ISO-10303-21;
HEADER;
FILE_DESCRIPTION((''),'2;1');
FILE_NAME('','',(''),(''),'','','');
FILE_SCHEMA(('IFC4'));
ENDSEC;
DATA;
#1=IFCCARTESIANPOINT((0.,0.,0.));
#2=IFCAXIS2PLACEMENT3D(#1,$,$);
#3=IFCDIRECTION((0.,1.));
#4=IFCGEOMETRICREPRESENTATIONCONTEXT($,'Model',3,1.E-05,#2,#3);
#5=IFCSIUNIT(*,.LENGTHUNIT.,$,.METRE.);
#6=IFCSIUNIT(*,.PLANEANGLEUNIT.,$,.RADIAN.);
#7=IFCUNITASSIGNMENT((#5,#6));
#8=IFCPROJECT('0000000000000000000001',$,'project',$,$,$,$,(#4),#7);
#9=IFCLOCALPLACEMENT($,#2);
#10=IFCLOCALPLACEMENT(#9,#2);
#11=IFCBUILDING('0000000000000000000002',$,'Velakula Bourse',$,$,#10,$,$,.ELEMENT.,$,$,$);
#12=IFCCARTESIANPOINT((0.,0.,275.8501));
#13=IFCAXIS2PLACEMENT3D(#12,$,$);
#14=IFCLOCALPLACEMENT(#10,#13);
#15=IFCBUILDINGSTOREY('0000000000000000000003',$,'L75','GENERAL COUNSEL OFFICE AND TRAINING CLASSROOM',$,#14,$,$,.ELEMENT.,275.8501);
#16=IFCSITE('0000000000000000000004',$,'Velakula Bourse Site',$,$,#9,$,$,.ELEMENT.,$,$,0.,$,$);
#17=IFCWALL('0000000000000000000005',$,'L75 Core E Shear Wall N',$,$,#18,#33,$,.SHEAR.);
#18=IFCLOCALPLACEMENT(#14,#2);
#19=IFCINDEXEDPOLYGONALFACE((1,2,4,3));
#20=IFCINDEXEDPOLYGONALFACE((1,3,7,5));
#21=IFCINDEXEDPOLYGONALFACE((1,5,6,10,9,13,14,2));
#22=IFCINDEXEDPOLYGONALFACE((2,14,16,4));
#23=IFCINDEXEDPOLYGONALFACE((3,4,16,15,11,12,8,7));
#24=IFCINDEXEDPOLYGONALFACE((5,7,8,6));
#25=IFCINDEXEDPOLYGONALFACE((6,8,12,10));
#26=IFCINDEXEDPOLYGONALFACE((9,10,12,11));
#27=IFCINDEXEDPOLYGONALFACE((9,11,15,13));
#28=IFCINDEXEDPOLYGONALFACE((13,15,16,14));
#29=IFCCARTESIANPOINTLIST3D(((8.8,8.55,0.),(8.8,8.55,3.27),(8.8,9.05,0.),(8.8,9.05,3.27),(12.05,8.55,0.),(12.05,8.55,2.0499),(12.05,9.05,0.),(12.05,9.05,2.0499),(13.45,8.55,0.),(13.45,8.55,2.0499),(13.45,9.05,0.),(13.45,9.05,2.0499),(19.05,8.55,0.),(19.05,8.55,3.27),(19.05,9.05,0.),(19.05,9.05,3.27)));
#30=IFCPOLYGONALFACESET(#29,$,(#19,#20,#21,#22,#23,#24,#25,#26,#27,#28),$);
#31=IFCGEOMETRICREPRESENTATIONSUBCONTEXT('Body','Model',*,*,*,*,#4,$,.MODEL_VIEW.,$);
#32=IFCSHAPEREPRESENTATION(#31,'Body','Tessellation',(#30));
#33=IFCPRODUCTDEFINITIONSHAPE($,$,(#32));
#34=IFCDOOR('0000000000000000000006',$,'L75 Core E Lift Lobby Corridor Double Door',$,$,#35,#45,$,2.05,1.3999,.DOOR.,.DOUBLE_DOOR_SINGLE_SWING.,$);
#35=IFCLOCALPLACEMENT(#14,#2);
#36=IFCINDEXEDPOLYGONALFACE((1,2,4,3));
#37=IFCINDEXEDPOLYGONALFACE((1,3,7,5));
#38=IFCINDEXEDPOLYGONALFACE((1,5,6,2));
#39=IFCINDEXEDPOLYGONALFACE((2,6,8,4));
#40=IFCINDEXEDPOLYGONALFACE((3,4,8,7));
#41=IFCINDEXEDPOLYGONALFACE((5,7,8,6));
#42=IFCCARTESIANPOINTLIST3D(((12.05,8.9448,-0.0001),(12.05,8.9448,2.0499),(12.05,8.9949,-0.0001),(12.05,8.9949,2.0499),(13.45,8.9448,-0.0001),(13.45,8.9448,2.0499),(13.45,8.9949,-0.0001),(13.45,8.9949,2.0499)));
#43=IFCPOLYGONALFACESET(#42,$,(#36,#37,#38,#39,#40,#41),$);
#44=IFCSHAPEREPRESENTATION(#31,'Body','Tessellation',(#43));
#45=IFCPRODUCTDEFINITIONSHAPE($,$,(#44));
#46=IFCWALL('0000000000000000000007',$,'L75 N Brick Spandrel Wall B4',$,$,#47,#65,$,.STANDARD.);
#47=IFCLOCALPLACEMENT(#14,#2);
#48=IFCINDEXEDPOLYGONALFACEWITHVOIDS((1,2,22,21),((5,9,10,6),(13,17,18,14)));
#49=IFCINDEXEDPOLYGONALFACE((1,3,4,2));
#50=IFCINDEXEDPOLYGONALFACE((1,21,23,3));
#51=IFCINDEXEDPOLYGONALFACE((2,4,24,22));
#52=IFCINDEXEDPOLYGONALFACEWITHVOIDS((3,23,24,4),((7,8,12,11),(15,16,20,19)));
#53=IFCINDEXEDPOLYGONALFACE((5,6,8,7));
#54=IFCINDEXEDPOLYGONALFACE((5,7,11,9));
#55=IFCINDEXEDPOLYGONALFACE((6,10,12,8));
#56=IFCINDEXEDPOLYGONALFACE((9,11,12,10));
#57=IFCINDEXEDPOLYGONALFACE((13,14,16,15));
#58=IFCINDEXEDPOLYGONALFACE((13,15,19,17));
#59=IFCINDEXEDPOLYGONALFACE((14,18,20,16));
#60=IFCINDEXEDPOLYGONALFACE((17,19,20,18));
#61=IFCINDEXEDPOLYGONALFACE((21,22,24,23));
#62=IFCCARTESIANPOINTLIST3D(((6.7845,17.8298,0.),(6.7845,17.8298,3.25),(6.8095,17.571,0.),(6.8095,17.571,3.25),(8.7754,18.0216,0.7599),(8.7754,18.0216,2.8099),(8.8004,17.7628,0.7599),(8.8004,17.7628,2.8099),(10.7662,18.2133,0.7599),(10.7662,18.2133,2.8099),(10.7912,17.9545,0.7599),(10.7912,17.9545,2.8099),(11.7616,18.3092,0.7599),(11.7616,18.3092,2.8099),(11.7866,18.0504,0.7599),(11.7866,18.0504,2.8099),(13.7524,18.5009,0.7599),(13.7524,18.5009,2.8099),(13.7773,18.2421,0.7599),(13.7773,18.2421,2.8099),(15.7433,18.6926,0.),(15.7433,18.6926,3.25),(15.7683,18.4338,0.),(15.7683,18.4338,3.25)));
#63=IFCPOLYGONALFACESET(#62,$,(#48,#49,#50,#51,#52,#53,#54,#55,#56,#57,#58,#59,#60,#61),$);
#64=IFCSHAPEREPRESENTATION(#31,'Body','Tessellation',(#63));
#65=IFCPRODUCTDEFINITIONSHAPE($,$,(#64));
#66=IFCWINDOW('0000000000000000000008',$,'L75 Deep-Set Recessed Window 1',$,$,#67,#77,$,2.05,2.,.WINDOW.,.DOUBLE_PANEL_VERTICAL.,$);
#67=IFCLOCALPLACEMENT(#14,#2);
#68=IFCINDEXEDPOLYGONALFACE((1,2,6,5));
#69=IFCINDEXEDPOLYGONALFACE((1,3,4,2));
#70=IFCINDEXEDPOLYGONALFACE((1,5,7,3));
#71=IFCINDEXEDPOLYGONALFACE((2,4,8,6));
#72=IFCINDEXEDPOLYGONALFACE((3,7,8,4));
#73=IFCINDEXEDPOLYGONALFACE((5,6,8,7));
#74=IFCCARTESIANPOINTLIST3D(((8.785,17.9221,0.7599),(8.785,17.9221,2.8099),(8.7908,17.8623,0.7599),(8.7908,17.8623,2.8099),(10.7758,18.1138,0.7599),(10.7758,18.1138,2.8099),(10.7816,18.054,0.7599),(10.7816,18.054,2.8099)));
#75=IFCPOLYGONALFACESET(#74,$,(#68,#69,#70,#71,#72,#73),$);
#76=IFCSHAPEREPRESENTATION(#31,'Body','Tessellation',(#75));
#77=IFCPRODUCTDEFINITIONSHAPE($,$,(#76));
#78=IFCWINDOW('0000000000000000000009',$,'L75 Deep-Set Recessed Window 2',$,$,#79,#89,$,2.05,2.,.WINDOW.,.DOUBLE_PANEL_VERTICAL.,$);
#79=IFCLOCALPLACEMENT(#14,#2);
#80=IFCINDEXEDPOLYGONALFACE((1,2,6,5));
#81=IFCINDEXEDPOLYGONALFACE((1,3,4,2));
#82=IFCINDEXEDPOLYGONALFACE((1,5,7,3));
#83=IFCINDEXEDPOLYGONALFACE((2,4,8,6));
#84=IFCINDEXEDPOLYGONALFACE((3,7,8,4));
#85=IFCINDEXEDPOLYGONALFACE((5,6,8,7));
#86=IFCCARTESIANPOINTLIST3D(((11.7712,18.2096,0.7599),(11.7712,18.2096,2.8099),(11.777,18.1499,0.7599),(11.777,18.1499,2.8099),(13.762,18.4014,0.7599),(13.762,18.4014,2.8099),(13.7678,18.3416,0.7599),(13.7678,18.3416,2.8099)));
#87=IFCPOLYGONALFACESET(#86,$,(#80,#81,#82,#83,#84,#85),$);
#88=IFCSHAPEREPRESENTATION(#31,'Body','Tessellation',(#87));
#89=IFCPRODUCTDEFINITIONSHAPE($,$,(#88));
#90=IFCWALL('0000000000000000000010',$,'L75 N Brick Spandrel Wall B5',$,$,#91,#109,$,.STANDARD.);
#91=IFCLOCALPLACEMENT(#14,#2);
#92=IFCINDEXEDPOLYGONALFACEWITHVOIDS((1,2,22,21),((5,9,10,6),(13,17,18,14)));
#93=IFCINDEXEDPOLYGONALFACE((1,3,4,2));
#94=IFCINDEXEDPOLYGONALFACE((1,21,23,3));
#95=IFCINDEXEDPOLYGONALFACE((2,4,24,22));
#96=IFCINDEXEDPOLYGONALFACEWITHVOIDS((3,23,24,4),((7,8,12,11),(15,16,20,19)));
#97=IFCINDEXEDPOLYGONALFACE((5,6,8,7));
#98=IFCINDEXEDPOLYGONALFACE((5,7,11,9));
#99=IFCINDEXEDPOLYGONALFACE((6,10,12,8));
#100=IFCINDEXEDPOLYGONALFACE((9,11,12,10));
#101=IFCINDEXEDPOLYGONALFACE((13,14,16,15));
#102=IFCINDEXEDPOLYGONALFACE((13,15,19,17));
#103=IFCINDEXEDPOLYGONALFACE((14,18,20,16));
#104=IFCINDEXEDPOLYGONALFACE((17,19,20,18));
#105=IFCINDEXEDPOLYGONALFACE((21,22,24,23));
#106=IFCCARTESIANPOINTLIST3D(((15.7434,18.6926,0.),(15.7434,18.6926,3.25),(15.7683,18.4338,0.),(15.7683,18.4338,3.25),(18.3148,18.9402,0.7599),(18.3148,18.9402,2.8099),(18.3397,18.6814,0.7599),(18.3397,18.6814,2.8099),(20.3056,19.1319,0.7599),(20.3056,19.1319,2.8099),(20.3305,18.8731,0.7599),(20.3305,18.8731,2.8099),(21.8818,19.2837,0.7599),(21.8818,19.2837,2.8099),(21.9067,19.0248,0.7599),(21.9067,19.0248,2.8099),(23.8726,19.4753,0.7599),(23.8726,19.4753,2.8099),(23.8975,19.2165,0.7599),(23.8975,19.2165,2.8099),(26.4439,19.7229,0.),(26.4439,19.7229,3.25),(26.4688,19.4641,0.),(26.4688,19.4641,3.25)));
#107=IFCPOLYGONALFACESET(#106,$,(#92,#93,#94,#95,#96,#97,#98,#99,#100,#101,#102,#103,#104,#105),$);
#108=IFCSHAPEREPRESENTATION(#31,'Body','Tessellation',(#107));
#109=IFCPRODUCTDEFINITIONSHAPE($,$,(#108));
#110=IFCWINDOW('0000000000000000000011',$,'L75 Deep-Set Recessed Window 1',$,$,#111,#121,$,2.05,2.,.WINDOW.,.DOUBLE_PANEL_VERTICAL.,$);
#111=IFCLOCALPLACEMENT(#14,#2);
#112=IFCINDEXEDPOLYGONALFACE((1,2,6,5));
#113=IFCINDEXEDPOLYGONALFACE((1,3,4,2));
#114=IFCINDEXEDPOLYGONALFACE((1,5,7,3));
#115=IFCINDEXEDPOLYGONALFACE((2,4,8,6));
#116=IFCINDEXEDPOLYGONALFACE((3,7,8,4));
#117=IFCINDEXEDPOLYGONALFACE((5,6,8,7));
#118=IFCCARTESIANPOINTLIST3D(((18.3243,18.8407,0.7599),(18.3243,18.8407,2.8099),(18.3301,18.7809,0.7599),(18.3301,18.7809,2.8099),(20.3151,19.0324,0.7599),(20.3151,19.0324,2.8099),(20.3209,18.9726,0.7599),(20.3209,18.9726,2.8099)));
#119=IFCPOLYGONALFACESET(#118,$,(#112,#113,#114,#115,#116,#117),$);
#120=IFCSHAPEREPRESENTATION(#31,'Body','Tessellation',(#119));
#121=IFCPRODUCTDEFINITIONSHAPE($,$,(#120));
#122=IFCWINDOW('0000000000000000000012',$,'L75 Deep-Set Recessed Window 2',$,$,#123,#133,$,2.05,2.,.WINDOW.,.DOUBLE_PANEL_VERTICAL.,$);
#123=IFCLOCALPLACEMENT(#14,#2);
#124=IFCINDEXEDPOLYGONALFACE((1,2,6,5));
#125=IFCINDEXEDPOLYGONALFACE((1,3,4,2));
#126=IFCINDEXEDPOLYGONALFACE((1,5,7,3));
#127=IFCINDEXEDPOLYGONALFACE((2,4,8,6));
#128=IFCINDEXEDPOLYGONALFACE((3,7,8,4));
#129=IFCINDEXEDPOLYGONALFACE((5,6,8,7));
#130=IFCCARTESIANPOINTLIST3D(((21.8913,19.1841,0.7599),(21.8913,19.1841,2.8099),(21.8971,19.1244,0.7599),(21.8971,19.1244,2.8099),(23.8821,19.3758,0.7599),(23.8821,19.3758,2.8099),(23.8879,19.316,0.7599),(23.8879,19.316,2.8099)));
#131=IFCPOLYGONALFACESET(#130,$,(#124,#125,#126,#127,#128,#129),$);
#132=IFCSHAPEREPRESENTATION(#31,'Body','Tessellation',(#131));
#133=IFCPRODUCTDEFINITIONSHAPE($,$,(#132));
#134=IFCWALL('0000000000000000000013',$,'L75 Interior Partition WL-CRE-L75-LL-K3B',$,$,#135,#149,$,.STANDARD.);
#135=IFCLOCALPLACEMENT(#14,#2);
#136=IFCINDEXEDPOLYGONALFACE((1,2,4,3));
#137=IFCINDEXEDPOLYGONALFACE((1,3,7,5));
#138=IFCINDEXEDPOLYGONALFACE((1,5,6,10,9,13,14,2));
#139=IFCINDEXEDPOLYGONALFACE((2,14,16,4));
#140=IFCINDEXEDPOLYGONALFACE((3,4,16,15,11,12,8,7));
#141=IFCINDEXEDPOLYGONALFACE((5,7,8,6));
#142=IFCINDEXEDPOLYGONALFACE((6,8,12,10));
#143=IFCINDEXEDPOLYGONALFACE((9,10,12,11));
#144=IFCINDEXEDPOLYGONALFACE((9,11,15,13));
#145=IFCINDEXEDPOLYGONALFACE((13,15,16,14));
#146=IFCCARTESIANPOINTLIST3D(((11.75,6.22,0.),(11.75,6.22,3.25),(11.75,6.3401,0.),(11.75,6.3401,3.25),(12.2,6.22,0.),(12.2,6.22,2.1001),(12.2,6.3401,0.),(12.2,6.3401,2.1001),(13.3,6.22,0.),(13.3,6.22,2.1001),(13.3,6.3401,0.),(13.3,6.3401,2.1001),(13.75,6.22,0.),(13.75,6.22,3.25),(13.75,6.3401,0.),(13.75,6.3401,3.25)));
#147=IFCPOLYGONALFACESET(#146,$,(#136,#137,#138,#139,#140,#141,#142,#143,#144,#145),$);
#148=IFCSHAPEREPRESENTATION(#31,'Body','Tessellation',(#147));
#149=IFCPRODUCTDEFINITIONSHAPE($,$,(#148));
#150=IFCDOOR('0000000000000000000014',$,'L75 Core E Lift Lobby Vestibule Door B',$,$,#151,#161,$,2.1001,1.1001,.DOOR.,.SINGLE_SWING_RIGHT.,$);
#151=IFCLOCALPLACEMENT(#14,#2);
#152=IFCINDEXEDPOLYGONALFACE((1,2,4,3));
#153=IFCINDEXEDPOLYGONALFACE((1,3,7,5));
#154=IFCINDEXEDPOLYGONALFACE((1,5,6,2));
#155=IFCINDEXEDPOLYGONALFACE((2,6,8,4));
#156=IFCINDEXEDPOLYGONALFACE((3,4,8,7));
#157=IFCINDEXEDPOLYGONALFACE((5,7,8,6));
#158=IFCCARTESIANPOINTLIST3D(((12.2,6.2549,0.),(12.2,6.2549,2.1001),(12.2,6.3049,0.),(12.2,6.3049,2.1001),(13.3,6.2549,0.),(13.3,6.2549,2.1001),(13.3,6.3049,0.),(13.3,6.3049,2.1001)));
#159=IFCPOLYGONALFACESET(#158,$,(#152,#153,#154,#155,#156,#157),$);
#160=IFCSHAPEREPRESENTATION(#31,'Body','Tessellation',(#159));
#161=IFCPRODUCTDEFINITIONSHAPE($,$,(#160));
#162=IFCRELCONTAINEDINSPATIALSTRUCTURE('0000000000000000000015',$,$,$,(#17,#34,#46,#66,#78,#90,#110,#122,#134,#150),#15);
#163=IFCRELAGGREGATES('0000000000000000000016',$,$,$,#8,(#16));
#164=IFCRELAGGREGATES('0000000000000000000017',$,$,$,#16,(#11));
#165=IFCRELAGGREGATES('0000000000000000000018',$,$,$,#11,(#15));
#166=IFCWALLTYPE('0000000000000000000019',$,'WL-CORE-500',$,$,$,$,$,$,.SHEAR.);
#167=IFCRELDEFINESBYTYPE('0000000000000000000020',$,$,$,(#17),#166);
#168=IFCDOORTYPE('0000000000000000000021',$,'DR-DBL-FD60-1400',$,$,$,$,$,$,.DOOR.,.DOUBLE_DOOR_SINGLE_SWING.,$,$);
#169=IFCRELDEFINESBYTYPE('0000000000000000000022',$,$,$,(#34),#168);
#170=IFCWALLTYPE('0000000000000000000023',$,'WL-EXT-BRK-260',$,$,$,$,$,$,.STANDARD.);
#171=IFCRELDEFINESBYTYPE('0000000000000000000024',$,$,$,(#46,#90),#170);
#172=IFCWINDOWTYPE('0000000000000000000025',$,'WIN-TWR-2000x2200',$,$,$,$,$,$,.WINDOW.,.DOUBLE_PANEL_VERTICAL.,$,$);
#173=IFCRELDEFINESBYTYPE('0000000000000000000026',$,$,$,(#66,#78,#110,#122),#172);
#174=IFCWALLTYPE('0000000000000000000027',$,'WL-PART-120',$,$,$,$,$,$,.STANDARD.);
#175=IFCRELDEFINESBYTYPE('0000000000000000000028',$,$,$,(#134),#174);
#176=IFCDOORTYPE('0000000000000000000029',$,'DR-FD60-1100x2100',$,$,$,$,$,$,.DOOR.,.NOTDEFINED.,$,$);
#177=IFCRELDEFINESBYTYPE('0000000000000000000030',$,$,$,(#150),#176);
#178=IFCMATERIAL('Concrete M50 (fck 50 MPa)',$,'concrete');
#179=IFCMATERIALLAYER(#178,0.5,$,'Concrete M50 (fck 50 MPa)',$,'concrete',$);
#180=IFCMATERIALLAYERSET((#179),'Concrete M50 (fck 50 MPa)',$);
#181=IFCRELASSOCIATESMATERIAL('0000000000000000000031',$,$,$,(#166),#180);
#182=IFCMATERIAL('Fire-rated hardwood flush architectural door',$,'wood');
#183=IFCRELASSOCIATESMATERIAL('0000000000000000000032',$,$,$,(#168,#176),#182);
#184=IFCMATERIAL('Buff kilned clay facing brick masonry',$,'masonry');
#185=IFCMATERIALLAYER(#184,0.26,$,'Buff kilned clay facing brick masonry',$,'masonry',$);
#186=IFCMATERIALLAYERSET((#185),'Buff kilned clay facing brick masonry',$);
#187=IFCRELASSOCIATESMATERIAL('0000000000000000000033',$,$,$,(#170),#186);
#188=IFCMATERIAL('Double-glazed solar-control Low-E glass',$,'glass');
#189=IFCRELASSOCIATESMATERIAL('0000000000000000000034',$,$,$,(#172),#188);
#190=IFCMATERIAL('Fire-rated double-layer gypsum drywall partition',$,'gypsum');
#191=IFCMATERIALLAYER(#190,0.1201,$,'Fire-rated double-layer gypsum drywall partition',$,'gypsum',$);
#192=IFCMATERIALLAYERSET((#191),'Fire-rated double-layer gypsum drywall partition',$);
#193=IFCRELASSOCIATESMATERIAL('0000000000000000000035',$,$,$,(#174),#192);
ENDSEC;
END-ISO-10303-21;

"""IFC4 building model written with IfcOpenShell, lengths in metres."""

from ifc_helpers import new_model, si_unit, direction, frame, frame_2d, origin, place, context, subcontext, project, spatial, rectangle, extrude, material, layer, layer_set, type_object, element, fill, save


model = new_model("IFC4")

# Units and contexts
model_context = context("Model", 3, precision=1e-05, world=origin(), true_north=direction((0.0, 1.0)))
body_context = subcontext(model_context, "Body", "Model", "MODEL_VIEW")
ifc_project = project(units=[si_unit("LENGTHUNIT", "METRE"), si_unit("PLANEANGLEUNIT", "RADIAN")], contexts=[model_context])

# Site, building, storey
site_placement = place(None, origin())
site = spatial("IfcSite", under=ifc_project, at=site_placement, Name="Velakula Bourse Site", CompositionType="ELEMENT", RefElevation=0.0)
building_placement = place(site_placement, origin())
building = spatial("IfcBuilding", under=site, at=building_placement, Name="Velakula Bourse", CompositionType="ELEMENT")
storey_placement = place(building_placement, frame((0.0, 0.0, 275.8501)))
storey = spatial("IfcBuildingStorey", under=building, at=storey_placement, Name="L75", Description="GENERAL COUNSEL OFFICE AND TRAINING CLASSROOM", CompositionType="ELEMENT", Elevation=275.8501)

# Shared definitions
ifc_material_1 = material(Name="Concrete M50 (fck 50 MPa)", Category="concrete")

# Wall, opening, door
ifc_layer_1 = layer(ifc_material_1, 0.5, Name="Concrete M50 (fck 50 MPa)", Category="concrete")
ifc_layer_set_1 = layer_set([ifc_layer_1], Name="Concrete M50 (fck 50 MPa)")
wall_type_1 = type_object("IfcWallType", Name="WL-CORE-500", PredefinedType="SHEAR", material=ifc_layer_set_1)
wall_1_placement = place(storey_placement, frame((8.8, 8.8, 0.0), z_axis=(0.0, 0.0, 1.0), x_axis=(1.0, 0.0, 0.0)))
wall_1 = element("IfcWall", 1, at=wall_1_placement, inside=storey, type_object=wall_type_1, Name="L75 Core E Shear Wall N", PredefinedType="SHEAR", context=body_context, shape_type="SweptSolid", body=[
    extrude(rectangle(XDim=10.25, YDim=0.5, at=frame_2d((5.125, 0.0))), origin(), (0.0, 0.0, 1.0), 3.27),
])
opening_1_placement = place(wall_1_placement, frame((3.25, 0.0, 0.0)))
opening_1 = element("IfcOpeningElement", 2, at=opening_1_placement, cuts=wall_1, PredefinedType="OPENING", context=body_context, shape_type="SweptSolid", body=[
    extrude(rectangle(XDim=1.3999, YDim=2.05, at=frame_2d((0.7, 1.0249))), frame((0.0, 0.26, 0.0), z_axis=(0.0, -1.0, 0.0), x_axis=(1.0, 0.0, 0.0)), (0.0, 0.0, 1.0), 0.52),
])
ifc_material_2 = material(Name="Fire-rated hardwood flush architectural door", Category="wood")
door_type_1 = type_object("IfcDoorType", Name="DR-DBL-FD60-1400", OperationType="DOUBLE_DOOR_SINGLE_SWING", PredefinedType="DOOR", material=ifc_material_2)
door_1_placement = place(opening_1_placement, origin())
door_1 = element("IfcDoor", 3, at=door_1_placement, inside=storey, type_object=door_type_1, Name="L75 Core E Lift Lobby Corridor Double Door", OperationType="DOUBLE_DOOR_SINGLE_SWING", OverallHeight=2.05, OverallWidth=1.3999, PredefinedType="DOOR", context=body_context, shape_type="SweptSolid", body=[
    extrude(rectangle(XDim=1.3999, YDim=2.05, at=frame_2d((0.7, 1.0249))), frame((0.0, 0.1948, 0.0), z_axis=(0.0, -1.0, 0.0), x_axis=(1.0, 0.0, 0.0)), (0.0, 0.0, 1.0), 0.05),
])
fill(opening_1, door_1)

# Walls, openings, windows
ifc_material_3 = material(Name="Buff kilned clay facing brick masonry", Category="masonry")
ifc_layer_2 = layer(ifc_material_3, 0.26, Name="Buff kilned clay facing brick masonry", Category="masonry")
ifc_layer_set_2 = layer_set([ifc_layer_2], Name="Buff kilned clay facing brick masonry")
wall_type_2 = type_object("IfcWallType", Name="WL-EXT-BRK-260", PredefinedType="STANDARD", material=ifc_layer_set_2)
wall_2_placement = place(storey_placement, frame((6.7971, 17.7004, 0.0), z_axis=(0.0, 0.0, 1.0), x_axis=(0.995394, 0.095864, 0.0)))
wall_2 = element("IfcWall", 4, at=wall_2_placement, inside=storey, type_object=wall_type_2, Name="L75 N Brick Spandrel Wall B4", PredefinedType="STANDARD", context=body_context, shape_type="SweptSolid", body=[
    extrude(rectangle(XDim=9.0002, YDim=0.26, at=frame_2d((4.5, 0.0))), origin(), (0.0, 0.0, 1.0), 3.25),
])
opening_2_placement = place(wall_2_placement, frame((2.0, 0.0, 0.76)))
opening_2 = element("IfcOpeningElement", 5, at=opening_2_placement, cuts=wall_2, PredefinedType="OPENING", context=body_context, shape_type="SweptSolid", body=[
    extrude(rectangle(XDim=2.0, YDim=2.05, at=frame_2d((1.0, 1.0249))), frame((0.0, 0.1399, 0.0), z_axis=(0.0, -1.0, 0.0), x_axis=(1.0, 0.0, 0.0)), (0.0, 0.0, 1.0), 0.28),
])
opening_3_placement = place(wall_2_placement, frame((5.0, 0.0, 0.76)))
opening_3 = element("IfcOpeningElement", 6, at=opening_3_placement, cuts=wall_2, PredefinedType="OPENING", context=body_context, shape_type="SweptSolid", body=[
    extrude(rectangle(XDim=2.0, YDim=2.05, at=frame_2d((1.0, 1.0249))), frame((0.0, 0.1399, 0.0), z_axis=(0.0, -1.0, 0.0), x_axis=(1.0, 0.0, 0.0)), (0.0, 0.0, 1.0), 0.28),
])
ifc_material_4 = material(Name="Double-glazed solar-control Low-E glass", Category="glass")
window_type = type_object("IfcWindowType", Name="WIN-TWR-2000x2200", PartitioningType="DOUBLE_PANEL_VERTICAL", PredefinedType="WINDOW", material=ifc_material_4)
window_1_placement = place(opening_2_placement, origin())
window_1 = element("IfcWindow", 7, at=window_1_placement, inside=storey, type_object=window_type, Name="L75 Deep-Set Recessed Window 1", OverallHeight=2.05, OverallWidth=2.0, PartitioningType="DOUBLE_PANEL_VERTICAL", PredefinedType="WINDOW", context=body_context, shape_type="SweptSolid", body=[
    extrude(rectangle(XDim=2.0, YDim=2.05, at=frame_2d((1.0, 1.0249))), frame((0.0, 0.03, 0.0), z_axis=(0.0, -1.0, 0.0), x_axis=(1.0, 0.0, 0.0)), (0.0, 0.0, 1.0), 0.0601),
])
fill(opening_2, window_1)
window_2_placement = place(opening_3_placement, origin())
window_2 = element("IfcWindow", 8, at=window_2_placement, inside=storey, type_object=window_type, Name="L75 Deep-Set Recessed Window 2", OverallHeight=2.05, OverallWidth=2.0, PartitioningType="DOUBLE_PANEL_VERTICAL", PredefinedType="WINDOW", context=body_context, shape_type="SweptSolid", body=[
    extrude(rectangle(XDim=2.0, YDim=2.05, at=frame_2d((1.0, 1.0249))), frame((0.0, 0.03, 0.0), z_axis=(0.0, -1.0, 0.0), x_axis=(1.0, 0.0, 0.0)), (0.0, 0.0, 1.0), 0.0601),
])
fill(opening_3, window_2)
wall_3_placement = place(storey_placement, frame((15.7559, 18.5632, 0.0), z_axis=(0.0, 0.0, 1.0), x_axis=(0.995397, 0.09584, 0.0)))
wall_3 = element("IfcWall", 9, at=wall_3_placement, inside=storey, type_object=wall_type_2, Name="L75 N Brick Spandrel Wall B5", PredefinedType="STANDARD", context=body_context, shape_type="SweptSolid", body=[
    extrude(rectangle(XDim=10.75, YDim=0.26, at=frame_2d((5.375, 0.0))), origin(), (0.0, 0.0, 1.0), 3.25),
])
opening_4_placement = place(wall_3_placement, frame((2.5833, 0.0, 0.76)))
opening_4 = element("IfcOpeningElement", 10, at=opening_4_placement, cuts=wall_3, PredefinedType="OPENING", context=body_context, shape_type="SweptSolid", body=[
    extrude(rectangle(XDim=2.0, YDim=2.05, at=frame_2d((1.0, 1.0249))), frame((0.0, 0.1399, 0.0), z_axis=(0.0, -1.0, 0.0), x_axis=(1.0, 0.0, 0.0)), (0.0, 0.0, 1.0), 0.28),
])
opening_5_placement = place(wall_3_placement, frame((6.1667, 0.0, 0.76)))
opening_5 = element("IfcOpeningElement", 11, at=opening_5_placement, cuts=wall_3, PredefinedType="OPENING", context=body_context, shape_type="SweptSolid", body=[
    extrude(rectangle(XDim=2.0, YDim=2.05, at=frame_2d((1.0, 1.0249))), frame((0.0, 0.1399, 0.0), z_axis=(0.0, -1.0, 0.0), x_axis=(1.0, 0.0, 0.0)), (0.0, 0.0, 1.0), 0.28),
])
window_3_placement = place(opening_4_placement, origin())
window_3 = element("IfcWindow", 12, at=window_3_placement, inside=storey, type_object=window_type, Name="L75 Deep-Set Recessed Window 1", OverallHeight=2.05, OverallWidth=2.0, PartitioningType="DOUBLE_PANEL_VERTICAL", PredefinedType="WINDOW", context=body_context, shape_type="SweptSolid", body=[
    extrude(rectangle(XDim=2.0, YDim=2.05, at=frame_2d((1.0, 1.0249))), frame((0.0, 0.03, 0.0), z_axis=(0.0, -1.0, 0.0), x_axis=(1.0, 0.0, 0.0)), (0.0, 0.0, 1.0), 0.0601),
])
fill(opening_4, window_3)
window_4_placement = place(opening_5_placement, origin())
window_4 = element("IfcWindow", 13, at=window_4_placement, inside=storey, type_object=window_type, Name="L75 Deep-Set Recessed Window 2", OverallHeight=2.05, OverallWidth=2.0, PartitioningType="DOUBLE_PANEL_VERTICAL", PredefinedType="WINDOW", context=body_context, shape_type="SweptSolid", body=[
    extrude(rectangle(XDim=2.0, YDim=2.05, at=frame_2d((1.0, 1.0249))), frame((0.0, 0.03, 0.0), z_axis=(0.0, -1.0, 0.0), x_axis=(1.0, 0.0, 0.0)), (0.0, 0.0, 1.0), 0.0601),
])
fill(opening_5, window_4)

# Wall, opening, door
ifc_material_5 = material(Name="Fire-rated double-layer gypsum drywall partition", Category="gypsum")
ifc_layer_3 = layer(ifc_material_5, 0.1201, Name="Fire-rated double-layer gypsum drywall partition", Category="gypsum")
ifc_layer_set_3 = layer_set([ifc_layer_3], Name="Fire-rated double-layer gypsum drywall partition")
wall_type_3 = type_object("IfcWallType", Name="WL-PART-120", PredefinedType="STANDARD", material=ifc_layer_set_3)
wall_4_placement = place(storey_placement, frame((11.75, 6.28, 0.0), z_axis=(0.0, 0.0, 1.0), x_axis=(1.0, 0.0, 0.0)))
wall_4 = element("IfcWall", 14, at=wall_4_placement, inside=storey, type_object=wall_type_3, Name="L75 Interior Partition WL-CRE-L75-LL-K3B", PredefinedType="STANDARD", context=body_context, shape_type="SweptSolid", body=[
    extrude(rectangle(XDim=2.0, YDim=0.1201, at=frame_2d((1.0, 0.0))), origin(), (0.0, 0.0, 1.0), 3.25),
])
opening_6_placement = place(wall_4_placement, frame((0.45, 0.0, 0.0)))
opening_6 = element("IfcOpeningElement", 15, at=opening_6_placement, cuts=wall_4, PredefinedType="OPENING", context=body_context, shape_type="SweptSolid", body=[
    extrude(rectangle(XDim=1.1001, YDim=2.1001, at=frame_2d((0.55, 1.05))), frame((0.0, 0.0701, 0.0), z_axis=(0.0, -1.0, 0.0), x_axis=(1.0, 0.0, 0.0)), (0.0, 0.0, 1.0), 0.1401),
])
door_type_2 = type_object("IfcDoorType", Name="DR-FD60-1100x2100", OperationType="NOTDEFINED", PredefinedType="DOOR", material=ifc_material_2)
door_2_placement = place(opening_6_placement, origin())
door_2 = element("IfcDoor", 16, at=door_2_placement, inside=storey, type_object=door_type_2, Name="L75 Core E Lift Lobby Vestibule Door B", OperationType="SINGLE_SWING_RIGHT", OverallHeight=2.1001, OverallWidth=1.1001, PredefinedType="DOOR", context=body_context, shape_type="SweptSolid", body=[
    extrude(rectangle(XDim=1.1001, YDim=2.1001, at=frame_2d((0.55, 1.05))), frame((0.0, 0.0249, 0.0), z_axis=(0.0, -1.0, 0.0), x_axis=(1.0, 0.0, 0.0)), (0.0, 0.0, 1.0), 0.05),
])
fill(opening_6, door_2)

save(model, "model.ifc")
